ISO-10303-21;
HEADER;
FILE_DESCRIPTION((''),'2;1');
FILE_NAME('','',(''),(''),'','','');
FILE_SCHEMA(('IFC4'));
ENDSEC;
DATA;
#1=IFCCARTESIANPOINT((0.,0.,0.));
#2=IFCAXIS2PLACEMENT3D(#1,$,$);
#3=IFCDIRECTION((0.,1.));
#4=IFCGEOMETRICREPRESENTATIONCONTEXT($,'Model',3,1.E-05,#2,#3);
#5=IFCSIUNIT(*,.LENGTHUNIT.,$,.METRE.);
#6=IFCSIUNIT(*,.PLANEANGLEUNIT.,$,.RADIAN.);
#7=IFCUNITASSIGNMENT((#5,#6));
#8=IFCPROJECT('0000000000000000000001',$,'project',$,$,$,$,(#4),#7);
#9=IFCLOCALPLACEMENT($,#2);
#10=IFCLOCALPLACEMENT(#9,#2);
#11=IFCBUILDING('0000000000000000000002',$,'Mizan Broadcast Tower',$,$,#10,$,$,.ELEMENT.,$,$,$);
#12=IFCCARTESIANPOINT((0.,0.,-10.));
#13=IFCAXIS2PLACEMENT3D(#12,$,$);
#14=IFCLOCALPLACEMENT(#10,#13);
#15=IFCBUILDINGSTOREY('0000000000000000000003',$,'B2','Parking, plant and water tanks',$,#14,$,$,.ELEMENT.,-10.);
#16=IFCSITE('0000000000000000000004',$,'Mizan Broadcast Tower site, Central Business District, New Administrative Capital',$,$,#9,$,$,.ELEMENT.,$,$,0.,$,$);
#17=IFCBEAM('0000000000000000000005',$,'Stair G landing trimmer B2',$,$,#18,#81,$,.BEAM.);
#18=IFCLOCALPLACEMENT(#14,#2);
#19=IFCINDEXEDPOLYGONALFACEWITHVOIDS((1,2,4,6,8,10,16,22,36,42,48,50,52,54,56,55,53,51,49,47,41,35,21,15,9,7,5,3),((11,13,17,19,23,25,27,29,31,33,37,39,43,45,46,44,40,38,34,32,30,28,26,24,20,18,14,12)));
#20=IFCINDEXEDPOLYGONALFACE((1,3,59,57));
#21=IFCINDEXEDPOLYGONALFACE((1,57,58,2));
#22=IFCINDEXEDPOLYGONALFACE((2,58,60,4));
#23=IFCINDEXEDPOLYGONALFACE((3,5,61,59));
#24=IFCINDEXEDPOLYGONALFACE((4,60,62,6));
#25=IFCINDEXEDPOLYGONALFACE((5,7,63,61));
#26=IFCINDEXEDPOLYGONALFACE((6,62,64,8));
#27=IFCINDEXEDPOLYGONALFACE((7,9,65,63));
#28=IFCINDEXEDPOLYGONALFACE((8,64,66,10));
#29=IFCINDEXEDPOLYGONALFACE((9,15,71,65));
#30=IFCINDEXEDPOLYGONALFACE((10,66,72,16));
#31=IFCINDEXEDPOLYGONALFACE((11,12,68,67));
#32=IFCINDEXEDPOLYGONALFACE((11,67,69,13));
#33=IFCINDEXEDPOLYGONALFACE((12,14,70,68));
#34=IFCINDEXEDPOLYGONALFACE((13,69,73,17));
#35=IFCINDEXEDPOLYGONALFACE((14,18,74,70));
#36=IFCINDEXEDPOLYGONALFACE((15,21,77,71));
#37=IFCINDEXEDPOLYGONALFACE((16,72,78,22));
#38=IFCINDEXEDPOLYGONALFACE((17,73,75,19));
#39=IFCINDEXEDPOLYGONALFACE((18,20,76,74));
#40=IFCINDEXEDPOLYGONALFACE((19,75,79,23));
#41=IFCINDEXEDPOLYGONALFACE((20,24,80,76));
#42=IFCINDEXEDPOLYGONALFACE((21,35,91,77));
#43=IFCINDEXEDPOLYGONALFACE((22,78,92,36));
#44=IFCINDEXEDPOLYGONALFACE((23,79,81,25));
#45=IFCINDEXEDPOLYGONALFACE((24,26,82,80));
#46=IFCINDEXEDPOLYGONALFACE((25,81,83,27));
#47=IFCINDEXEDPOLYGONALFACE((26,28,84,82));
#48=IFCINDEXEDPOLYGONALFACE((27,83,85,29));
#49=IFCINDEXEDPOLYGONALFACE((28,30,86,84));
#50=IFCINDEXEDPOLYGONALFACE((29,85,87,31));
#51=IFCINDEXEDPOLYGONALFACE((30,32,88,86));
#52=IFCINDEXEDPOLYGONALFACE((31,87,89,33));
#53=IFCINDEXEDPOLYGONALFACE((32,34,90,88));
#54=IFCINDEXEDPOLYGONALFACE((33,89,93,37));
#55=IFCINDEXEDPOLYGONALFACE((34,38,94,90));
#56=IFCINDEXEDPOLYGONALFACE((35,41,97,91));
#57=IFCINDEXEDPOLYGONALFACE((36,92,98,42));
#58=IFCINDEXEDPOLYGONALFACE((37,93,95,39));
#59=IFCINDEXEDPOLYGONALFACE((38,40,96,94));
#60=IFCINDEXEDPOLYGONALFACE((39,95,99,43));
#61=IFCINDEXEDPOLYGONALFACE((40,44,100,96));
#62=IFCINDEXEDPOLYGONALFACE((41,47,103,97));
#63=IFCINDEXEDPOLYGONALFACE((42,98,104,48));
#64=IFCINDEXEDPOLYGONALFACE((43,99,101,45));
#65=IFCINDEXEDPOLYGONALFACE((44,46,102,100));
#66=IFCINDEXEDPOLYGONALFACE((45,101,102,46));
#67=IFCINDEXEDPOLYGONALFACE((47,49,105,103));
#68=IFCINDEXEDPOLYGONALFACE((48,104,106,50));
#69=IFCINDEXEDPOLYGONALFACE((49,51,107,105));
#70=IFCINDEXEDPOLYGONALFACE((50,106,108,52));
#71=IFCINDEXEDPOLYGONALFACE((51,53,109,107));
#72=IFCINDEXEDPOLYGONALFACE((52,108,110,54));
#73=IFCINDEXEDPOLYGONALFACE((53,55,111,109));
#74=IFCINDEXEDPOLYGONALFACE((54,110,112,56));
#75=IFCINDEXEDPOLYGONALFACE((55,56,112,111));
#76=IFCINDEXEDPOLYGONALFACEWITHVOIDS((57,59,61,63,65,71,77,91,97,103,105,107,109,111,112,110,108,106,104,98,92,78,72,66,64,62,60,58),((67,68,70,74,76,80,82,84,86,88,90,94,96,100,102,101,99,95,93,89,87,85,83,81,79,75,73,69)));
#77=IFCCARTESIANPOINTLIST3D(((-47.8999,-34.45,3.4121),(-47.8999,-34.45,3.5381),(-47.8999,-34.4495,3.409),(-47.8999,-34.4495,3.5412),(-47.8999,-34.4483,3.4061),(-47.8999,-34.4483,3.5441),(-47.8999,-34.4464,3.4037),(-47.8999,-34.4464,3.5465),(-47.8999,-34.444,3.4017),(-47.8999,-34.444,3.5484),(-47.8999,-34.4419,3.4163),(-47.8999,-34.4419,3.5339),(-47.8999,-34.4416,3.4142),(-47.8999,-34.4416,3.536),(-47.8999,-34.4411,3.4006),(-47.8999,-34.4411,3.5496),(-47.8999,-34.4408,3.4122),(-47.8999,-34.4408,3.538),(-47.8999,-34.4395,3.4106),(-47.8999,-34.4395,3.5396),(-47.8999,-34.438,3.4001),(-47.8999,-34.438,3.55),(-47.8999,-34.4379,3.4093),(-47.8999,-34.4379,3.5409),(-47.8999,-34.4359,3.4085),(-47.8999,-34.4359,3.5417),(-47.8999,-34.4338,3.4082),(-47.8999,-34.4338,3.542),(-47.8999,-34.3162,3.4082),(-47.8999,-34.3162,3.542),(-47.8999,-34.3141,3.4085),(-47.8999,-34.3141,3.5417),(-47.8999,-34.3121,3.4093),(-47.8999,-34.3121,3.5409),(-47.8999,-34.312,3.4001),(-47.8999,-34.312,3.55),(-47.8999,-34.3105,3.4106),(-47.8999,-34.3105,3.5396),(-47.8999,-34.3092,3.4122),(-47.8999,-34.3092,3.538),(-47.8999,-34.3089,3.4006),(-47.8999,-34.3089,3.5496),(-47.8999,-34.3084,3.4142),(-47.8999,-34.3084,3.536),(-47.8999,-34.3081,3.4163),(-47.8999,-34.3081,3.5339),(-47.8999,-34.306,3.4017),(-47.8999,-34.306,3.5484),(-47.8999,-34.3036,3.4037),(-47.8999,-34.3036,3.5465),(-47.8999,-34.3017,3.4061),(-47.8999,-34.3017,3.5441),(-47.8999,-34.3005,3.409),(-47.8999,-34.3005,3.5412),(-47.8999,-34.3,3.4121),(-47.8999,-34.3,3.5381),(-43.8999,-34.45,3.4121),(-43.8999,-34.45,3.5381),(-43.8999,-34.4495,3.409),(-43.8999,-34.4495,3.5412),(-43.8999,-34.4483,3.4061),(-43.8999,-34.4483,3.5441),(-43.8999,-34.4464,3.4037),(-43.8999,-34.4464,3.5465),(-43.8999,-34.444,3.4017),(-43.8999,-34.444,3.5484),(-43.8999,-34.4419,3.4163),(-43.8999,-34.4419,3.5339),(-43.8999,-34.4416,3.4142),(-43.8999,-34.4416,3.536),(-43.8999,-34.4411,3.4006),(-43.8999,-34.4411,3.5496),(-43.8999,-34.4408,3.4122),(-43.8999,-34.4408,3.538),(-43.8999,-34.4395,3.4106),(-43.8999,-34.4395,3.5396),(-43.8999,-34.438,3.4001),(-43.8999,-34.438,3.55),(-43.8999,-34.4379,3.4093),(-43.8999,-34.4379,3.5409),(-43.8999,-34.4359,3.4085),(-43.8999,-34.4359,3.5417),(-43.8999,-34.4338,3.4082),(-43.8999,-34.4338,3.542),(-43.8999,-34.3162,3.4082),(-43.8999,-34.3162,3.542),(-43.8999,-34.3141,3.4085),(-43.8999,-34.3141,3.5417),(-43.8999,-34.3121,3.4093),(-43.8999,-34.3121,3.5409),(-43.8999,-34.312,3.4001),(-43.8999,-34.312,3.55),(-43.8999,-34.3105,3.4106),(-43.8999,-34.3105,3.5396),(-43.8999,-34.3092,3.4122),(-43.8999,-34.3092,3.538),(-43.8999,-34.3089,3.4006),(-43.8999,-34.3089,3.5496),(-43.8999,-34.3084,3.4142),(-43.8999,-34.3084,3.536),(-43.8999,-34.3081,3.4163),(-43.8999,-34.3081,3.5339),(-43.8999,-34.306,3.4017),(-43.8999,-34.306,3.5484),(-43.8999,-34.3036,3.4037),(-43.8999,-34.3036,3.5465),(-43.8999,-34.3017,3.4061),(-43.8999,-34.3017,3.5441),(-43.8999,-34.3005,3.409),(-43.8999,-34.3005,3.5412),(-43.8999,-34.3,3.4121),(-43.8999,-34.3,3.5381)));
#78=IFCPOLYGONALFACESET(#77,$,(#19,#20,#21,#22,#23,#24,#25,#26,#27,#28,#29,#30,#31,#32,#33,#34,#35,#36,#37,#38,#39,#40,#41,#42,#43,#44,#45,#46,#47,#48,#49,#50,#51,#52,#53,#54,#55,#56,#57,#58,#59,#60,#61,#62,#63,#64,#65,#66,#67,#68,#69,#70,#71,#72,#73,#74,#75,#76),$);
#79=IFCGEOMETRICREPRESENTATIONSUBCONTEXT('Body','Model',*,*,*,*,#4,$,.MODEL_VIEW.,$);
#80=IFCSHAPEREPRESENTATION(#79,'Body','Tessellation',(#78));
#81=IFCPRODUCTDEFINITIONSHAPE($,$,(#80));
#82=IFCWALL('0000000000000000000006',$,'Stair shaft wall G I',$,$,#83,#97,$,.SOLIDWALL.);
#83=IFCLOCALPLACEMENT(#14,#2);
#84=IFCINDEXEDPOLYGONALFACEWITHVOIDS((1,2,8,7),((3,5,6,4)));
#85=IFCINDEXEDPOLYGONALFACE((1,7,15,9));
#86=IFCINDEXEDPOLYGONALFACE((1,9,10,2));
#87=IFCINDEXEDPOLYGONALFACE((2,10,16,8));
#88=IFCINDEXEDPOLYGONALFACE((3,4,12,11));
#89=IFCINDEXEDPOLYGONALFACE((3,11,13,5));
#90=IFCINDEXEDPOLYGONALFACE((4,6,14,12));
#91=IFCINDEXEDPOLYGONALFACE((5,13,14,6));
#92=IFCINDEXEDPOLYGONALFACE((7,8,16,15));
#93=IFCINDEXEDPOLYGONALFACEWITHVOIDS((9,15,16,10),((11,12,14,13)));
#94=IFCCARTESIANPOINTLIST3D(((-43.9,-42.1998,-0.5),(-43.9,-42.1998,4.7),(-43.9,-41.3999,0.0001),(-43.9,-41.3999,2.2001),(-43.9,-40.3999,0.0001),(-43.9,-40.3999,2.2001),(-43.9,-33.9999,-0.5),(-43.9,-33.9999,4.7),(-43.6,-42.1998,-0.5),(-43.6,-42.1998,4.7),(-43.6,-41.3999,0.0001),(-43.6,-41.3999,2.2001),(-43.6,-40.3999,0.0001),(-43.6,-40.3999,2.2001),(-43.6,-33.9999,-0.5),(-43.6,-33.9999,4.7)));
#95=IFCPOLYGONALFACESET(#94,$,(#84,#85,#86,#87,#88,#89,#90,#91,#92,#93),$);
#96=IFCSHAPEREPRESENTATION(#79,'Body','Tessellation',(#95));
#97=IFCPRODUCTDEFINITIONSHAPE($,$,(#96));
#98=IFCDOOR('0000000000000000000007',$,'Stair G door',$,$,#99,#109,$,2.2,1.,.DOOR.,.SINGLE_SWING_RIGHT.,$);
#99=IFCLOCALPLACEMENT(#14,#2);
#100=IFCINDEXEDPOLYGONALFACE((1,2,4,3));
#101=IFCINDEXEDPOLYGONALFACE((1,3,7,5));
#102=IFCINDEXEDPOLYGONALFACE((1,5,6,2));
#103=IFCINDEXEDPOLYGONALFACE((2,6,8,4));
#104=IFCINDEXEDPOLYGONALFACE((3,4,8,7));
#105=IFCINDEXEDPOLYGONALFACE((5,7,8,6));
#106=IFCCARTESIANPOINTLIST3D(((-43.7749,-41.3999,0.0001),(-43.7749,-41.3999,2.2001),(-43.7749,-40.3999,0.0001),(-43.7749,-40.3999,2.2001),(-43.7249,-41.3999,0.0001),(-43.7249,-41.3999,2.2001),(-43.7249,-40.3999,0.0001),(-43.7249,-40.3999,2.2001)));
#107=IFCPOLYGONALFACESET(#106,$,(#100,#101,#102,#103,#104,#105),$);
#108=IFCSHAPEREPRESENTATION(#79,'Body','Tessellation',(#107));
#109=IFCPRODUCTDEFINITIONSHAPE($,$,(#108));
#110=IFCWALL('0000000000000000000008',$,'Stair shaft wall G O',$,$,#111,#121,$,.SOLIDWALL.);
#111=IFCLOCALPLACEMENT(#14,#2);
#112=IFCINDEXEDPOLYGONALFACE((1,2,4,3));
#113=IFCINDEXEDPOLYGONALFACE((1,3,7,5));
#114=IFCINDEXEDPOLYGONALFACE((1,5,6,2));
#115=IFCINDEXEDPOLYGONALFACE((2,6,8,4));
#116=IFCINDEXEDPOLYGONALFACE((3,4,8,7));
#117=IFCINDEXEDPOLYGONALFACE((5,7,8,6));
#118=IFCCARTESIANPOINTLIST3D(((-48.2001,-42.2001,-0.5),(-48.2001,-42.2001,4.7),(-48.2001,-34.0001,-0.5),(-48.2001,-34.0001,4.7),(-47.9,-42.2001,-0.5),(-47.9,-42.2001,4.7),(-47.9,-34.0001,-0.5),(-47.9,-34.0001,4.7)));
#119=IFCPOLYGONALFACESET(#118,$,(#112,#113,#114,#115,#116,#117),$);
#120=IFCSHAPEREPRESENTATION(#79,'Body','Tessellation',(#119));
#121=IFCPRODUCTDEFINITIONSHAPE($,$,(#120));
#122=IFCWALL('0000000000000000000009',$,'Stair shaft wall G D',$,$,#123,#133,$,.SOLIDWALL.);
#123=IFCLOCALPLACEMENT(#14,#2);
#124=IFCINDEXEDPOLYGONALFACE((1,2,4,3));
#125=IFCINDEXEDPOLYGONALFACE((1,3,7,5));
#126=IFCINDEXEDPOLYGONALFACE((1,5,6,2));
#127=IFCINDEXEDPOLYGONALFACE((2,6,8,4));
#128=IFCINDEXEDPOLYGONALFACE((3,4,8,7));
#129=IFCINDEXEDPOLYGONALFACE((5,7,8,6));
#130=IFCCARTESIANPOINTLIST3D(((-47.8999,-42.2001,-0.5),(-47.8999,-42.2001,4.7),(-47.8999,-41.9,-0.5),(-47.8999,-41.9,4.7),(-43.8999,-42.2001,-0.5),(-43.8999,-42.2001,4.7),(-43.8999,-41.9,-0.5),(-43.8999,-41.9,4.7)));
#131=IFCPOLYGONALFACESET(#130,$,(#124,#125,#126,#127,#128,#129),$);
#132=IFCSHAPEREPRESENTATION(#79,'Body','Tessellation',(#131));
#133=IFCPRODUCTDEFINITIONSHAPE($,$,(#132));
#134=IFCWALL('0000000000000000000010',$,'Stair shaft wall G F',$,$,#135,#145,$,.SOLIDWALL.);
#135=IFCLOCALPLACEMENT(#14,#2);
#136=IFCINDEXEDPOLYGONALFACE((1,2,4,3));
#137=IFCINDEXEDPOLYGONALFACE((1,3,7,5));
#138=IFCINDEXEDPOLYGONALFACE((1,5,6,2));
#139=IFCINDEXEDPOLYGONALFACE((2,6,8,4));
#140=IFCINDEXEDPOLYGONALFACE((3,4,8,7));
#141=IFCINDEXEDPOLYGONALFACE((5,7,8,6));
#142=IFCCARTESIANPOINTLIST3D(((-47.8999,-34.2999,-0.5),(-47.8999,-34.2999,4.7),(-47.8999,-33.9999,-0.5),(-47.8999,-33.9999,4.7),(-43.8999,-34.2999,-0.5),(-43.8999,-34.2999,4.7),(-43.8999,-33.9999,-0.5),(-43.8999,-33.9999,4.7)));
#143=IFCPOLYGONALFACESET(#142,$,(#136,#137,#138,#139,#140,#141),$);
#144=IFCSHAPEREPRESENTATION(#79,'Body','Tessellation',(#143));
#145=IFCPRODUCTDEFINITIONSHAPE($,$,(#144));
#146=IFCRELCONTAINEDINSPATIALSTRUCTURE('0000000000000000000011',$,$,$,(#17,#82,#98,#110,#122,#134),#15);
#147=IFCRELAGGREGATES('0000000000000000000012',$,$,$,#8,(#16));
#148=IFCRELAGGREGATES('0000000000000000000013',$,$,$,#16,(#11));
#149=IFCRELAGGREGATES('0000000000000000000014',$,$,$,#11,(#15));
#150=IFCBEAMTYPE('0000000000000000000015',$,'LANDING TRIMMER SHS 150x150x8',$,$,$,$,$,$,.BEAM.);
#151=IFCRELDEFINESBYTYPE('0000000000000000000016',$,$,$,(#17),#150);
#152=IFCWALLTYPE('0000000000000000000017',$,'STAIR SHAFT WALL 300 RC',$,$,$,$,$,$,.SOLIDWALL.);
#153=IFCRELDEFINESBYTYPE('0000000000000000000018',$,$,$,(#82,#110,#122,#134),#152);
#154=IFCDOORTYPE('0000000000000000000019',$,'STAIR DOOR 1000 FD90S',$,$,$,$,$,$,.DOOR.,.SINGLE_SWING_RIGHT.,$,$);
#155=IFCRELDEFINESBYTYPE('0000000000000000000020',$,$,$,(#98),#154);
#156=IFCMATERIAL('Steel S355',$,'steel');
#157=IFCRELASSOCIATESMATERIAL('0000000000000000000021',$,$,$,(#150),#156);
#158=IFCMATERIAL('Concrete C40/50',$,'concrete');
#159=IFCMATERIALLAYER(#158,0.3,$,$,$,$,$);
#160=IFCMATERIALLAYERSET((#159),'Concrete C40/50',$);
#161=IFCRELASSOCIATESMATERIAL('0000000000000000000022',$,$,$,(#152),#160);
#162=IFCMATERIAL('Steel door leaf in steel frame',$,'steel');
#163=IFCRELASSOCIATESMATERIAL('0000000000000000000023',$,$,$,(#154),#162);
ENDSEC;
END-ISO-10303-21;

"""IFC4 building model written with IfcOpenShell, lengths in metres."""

from ifc_helpers import new_model, si_unit, direction, frame, frame_2d, origin, origin_2d, place, context, subcontext, project, spatial, rectangle, hollow_rectangle, extrude, material, layer, layer_set, material_profile, profile_set, type_object, element, fill, save


model = new_model("IFC4")

# Units and contexts
model_context = context("Model", 3, precision=1e-05, world=origin(), true_north=direction((0.0, 1.0)))
body_context = subcontext(model_context, "Body", "Model", "MODEL_VIEW")
ifc_project = project(units=[si_unit("LENGTHUNIT", "METRE"), si_unit("PLANEANGLEUNIT", "RADIAN")], contexts=[model_context])

# Site, building, storey
site_placement = place(None, origin())
site = spatial("IfcSite", under=ifc_project, at=site_placement, Name="Mizan Broadcast Tower site, Central Business District, New Administrative Capital", CompositionType="ELEMENT", RefElevation=0.0)
building_placement = place(site_placement, origin())
building = spatial("IfcBuilding", under=site, at=building_placement, Name="Mizan Broadcast Tower", CompositionType="ELEMENT")
storey_placement = place(building_placement, frame((0.0, 0.0, -10.0)))
storey = spatial("IfcBuildingStorey", under=building, at=storey_placement, Name="B2", Description="Parking, plant and water tanks", CompositionType="ELEMENT", Elevation=-10.0)

# Beam
ifc_material_1 = material(Name="Steel S355", Category="steel")
ifc_material_profile_1 = material_profile(ifc_material_1, hollow_rectangle(XDim=0.1499, YDim=0.1499, WallThickness=0.0081, InnerFilletRadius=0.0081, OuterFilletRadius=0.012, at=origin_2d()), Name="SHS 150x150x8")
ifc_profile_set_1 = profile_set([ifc_material_profile_1], Name="Steel S355")
beam_type = type_object("IfcBeamType", Name="LANDING TRIMMER SHS 150x150x8", PredefinedType="BEAM", material=ifc_profile_set_1)
for number, where, z_axis, x_axis, name in (
    (1, (-43.8999, -34.375, 3.4751), (-1.0, 0.0, 0.0), (0.0, -1.0, 0.0), "Stair G landing trimmer B2"),
):
    element("IfcBeam", number, at=place(storey_placement, frame(where, z_axis=z_axis, x_axis=x_axis)), inside=storey, type_object=beam_type, Name=name, PredefinedType="BEAM", context=body_context, shape_type="SweptSolid", body=[
        extrude(hollow_rectangle(XDim=0.1499, YDim=0.1499, WallThickness=0.0081, InnerFilletRadius=0.0081, OuterFilletRadius=0.012, at=origin_2d()), origin(), (0.0, 0.0, 1.0), 4.0),
    ])

# Wall, opening, door
ifc_material_2 = material(Name="Concrete C40/50", Category="concrete")
ifc_layer_1 = layer(ifc_material_2, 0.3)
ifc_layer_set_1 = layer_set([ifc_layer_1], Name="Concrete C40/50")
wall_type = type_object("IfcWallType", Name="STAIR SHAFT WALL 300 RC", PredefinedType="SOLIDWALL", material=ifc_layer_set_1)
wall_1_placement = place(storey_placement, frame((-43.75, -42.2, -0.5), z_axis=(0.0, 0.0, 1.0), x_axis=(0.0, 1.0, 0.0)))
wall_1 = element("IfcWall", 2, at=wall_1_placement, inside=storey, type_object=wall_type, Name="Stair shaft wall G I", PredefinedType="SOLIDWALL", context=body_context, shape_type="SweptSolid", body=[
    extrude(rectangle(XDim=8.2, YDim=0.3, at=frame_2d((4.1001, 0.0))), origin(), (0.0, 0.0, 1.0), 5.2),
])
opening_placement = place(wall_1_placement, frame((0.8, 0.0, 0.5)))
opening = element("IfcOpeningElement", 3, at=opening_placement, cuts=wall_1, PredefinedType="OPENING", context=body_context, shape_type="SweptSolid", body=[
    extrude(rectangle(XDim=1.0, YDim=2.2, at=frame_2d((0.5, 1.1001))), frame((0.0, 0.1599, 0.0), z_axis=(0.0, -1.0, 0.0), x_axis=(1.0, 0.0, 0.0)), (0.0, 0.0, 1.0), 0.3201),
])
ifc_material_3 = material(Name="Steel door leaf in steel frame", Category="steel")
door_type = type_object("IfcDoorType", Name="STAIR DOOR 1000 FD90S", OperationType="SINGLE_SWING_RIGHT", PredefinedType="DOOR", material=ifc_material_3)
door_placement = place(opening_placement, origin())
door = element("IfcDoor", 4, at=door_placement, inside=storey, type_object=door_type, Name="Stair G door", OperationType="SINGLE_SWING_RIGHT", OverallHeight=2.2, OverallWidth=1.0, PredefinedType="DOOR", context=body_context, shape_type="SweptSolid", body=[
    extrude(rectangle(XDim=1.0, YDim=2.2, at=frame_2d((0.5, 1.1001))), frame((0.0, 0.0249, 0.0), z_axis=(0.0, -1.0, 0.0), x_axis=(1.0, 0.0, 0.0)), (0.0, 0.0, 1.0), 0.05),
])
fill(opening, door)

# Walls
wall_2_placement = place(storey_placement, frame((-48.05, -34.0, -0.5), z_axis=(0.0, 0.0, 1.0), x_axis=(0.0, -1.0, 0.0)))
element("IfcWall", 5, at=wall_2_placement, inside=storey, type_object=wall_type, Name="Stair shaft wall G O", PredefinedType="SOLIDWALL", context=body_context, shape_type="SweptSolid", body=[
    extrude(rectangle(XDim=8.2, YDim=0.3, at=frame_2d((4.1001, 0.0))), origin(), (0.0, 0.0, 1.0), 5.2),
])
for number, where, z_axis, x_axis, name in (
    (6, (-43.8999, -42.05, -0.5), (0.0, 0.0, 1.0), (-1.0, 0.0, 0.0), "Stair shaft wall G D"),
    (7, (-47.8999, -34.1499, -0.5), (0.0, 0.0, 1.0), (1.0, 0.0, 0.0), "Stair shaft wall G F"),
):
    element("IfcWall", number, at=place(storey_placement, frame(where, z_axis=z_axis, x_axis=x_axis)), inside=storey, type_object=wall_type, Name=name, PredefinedType="SOLIDWALL", context=body_context, shape_type="SweptSolid", body=[
        extrude(rectangle(XDim=4.0, YDim=0.3, at=frame_2d((2.0, 0.0))), origin(), (0.0, 0.0, 1.0), 5.2),
    ])

save(model, "model.ifc")
